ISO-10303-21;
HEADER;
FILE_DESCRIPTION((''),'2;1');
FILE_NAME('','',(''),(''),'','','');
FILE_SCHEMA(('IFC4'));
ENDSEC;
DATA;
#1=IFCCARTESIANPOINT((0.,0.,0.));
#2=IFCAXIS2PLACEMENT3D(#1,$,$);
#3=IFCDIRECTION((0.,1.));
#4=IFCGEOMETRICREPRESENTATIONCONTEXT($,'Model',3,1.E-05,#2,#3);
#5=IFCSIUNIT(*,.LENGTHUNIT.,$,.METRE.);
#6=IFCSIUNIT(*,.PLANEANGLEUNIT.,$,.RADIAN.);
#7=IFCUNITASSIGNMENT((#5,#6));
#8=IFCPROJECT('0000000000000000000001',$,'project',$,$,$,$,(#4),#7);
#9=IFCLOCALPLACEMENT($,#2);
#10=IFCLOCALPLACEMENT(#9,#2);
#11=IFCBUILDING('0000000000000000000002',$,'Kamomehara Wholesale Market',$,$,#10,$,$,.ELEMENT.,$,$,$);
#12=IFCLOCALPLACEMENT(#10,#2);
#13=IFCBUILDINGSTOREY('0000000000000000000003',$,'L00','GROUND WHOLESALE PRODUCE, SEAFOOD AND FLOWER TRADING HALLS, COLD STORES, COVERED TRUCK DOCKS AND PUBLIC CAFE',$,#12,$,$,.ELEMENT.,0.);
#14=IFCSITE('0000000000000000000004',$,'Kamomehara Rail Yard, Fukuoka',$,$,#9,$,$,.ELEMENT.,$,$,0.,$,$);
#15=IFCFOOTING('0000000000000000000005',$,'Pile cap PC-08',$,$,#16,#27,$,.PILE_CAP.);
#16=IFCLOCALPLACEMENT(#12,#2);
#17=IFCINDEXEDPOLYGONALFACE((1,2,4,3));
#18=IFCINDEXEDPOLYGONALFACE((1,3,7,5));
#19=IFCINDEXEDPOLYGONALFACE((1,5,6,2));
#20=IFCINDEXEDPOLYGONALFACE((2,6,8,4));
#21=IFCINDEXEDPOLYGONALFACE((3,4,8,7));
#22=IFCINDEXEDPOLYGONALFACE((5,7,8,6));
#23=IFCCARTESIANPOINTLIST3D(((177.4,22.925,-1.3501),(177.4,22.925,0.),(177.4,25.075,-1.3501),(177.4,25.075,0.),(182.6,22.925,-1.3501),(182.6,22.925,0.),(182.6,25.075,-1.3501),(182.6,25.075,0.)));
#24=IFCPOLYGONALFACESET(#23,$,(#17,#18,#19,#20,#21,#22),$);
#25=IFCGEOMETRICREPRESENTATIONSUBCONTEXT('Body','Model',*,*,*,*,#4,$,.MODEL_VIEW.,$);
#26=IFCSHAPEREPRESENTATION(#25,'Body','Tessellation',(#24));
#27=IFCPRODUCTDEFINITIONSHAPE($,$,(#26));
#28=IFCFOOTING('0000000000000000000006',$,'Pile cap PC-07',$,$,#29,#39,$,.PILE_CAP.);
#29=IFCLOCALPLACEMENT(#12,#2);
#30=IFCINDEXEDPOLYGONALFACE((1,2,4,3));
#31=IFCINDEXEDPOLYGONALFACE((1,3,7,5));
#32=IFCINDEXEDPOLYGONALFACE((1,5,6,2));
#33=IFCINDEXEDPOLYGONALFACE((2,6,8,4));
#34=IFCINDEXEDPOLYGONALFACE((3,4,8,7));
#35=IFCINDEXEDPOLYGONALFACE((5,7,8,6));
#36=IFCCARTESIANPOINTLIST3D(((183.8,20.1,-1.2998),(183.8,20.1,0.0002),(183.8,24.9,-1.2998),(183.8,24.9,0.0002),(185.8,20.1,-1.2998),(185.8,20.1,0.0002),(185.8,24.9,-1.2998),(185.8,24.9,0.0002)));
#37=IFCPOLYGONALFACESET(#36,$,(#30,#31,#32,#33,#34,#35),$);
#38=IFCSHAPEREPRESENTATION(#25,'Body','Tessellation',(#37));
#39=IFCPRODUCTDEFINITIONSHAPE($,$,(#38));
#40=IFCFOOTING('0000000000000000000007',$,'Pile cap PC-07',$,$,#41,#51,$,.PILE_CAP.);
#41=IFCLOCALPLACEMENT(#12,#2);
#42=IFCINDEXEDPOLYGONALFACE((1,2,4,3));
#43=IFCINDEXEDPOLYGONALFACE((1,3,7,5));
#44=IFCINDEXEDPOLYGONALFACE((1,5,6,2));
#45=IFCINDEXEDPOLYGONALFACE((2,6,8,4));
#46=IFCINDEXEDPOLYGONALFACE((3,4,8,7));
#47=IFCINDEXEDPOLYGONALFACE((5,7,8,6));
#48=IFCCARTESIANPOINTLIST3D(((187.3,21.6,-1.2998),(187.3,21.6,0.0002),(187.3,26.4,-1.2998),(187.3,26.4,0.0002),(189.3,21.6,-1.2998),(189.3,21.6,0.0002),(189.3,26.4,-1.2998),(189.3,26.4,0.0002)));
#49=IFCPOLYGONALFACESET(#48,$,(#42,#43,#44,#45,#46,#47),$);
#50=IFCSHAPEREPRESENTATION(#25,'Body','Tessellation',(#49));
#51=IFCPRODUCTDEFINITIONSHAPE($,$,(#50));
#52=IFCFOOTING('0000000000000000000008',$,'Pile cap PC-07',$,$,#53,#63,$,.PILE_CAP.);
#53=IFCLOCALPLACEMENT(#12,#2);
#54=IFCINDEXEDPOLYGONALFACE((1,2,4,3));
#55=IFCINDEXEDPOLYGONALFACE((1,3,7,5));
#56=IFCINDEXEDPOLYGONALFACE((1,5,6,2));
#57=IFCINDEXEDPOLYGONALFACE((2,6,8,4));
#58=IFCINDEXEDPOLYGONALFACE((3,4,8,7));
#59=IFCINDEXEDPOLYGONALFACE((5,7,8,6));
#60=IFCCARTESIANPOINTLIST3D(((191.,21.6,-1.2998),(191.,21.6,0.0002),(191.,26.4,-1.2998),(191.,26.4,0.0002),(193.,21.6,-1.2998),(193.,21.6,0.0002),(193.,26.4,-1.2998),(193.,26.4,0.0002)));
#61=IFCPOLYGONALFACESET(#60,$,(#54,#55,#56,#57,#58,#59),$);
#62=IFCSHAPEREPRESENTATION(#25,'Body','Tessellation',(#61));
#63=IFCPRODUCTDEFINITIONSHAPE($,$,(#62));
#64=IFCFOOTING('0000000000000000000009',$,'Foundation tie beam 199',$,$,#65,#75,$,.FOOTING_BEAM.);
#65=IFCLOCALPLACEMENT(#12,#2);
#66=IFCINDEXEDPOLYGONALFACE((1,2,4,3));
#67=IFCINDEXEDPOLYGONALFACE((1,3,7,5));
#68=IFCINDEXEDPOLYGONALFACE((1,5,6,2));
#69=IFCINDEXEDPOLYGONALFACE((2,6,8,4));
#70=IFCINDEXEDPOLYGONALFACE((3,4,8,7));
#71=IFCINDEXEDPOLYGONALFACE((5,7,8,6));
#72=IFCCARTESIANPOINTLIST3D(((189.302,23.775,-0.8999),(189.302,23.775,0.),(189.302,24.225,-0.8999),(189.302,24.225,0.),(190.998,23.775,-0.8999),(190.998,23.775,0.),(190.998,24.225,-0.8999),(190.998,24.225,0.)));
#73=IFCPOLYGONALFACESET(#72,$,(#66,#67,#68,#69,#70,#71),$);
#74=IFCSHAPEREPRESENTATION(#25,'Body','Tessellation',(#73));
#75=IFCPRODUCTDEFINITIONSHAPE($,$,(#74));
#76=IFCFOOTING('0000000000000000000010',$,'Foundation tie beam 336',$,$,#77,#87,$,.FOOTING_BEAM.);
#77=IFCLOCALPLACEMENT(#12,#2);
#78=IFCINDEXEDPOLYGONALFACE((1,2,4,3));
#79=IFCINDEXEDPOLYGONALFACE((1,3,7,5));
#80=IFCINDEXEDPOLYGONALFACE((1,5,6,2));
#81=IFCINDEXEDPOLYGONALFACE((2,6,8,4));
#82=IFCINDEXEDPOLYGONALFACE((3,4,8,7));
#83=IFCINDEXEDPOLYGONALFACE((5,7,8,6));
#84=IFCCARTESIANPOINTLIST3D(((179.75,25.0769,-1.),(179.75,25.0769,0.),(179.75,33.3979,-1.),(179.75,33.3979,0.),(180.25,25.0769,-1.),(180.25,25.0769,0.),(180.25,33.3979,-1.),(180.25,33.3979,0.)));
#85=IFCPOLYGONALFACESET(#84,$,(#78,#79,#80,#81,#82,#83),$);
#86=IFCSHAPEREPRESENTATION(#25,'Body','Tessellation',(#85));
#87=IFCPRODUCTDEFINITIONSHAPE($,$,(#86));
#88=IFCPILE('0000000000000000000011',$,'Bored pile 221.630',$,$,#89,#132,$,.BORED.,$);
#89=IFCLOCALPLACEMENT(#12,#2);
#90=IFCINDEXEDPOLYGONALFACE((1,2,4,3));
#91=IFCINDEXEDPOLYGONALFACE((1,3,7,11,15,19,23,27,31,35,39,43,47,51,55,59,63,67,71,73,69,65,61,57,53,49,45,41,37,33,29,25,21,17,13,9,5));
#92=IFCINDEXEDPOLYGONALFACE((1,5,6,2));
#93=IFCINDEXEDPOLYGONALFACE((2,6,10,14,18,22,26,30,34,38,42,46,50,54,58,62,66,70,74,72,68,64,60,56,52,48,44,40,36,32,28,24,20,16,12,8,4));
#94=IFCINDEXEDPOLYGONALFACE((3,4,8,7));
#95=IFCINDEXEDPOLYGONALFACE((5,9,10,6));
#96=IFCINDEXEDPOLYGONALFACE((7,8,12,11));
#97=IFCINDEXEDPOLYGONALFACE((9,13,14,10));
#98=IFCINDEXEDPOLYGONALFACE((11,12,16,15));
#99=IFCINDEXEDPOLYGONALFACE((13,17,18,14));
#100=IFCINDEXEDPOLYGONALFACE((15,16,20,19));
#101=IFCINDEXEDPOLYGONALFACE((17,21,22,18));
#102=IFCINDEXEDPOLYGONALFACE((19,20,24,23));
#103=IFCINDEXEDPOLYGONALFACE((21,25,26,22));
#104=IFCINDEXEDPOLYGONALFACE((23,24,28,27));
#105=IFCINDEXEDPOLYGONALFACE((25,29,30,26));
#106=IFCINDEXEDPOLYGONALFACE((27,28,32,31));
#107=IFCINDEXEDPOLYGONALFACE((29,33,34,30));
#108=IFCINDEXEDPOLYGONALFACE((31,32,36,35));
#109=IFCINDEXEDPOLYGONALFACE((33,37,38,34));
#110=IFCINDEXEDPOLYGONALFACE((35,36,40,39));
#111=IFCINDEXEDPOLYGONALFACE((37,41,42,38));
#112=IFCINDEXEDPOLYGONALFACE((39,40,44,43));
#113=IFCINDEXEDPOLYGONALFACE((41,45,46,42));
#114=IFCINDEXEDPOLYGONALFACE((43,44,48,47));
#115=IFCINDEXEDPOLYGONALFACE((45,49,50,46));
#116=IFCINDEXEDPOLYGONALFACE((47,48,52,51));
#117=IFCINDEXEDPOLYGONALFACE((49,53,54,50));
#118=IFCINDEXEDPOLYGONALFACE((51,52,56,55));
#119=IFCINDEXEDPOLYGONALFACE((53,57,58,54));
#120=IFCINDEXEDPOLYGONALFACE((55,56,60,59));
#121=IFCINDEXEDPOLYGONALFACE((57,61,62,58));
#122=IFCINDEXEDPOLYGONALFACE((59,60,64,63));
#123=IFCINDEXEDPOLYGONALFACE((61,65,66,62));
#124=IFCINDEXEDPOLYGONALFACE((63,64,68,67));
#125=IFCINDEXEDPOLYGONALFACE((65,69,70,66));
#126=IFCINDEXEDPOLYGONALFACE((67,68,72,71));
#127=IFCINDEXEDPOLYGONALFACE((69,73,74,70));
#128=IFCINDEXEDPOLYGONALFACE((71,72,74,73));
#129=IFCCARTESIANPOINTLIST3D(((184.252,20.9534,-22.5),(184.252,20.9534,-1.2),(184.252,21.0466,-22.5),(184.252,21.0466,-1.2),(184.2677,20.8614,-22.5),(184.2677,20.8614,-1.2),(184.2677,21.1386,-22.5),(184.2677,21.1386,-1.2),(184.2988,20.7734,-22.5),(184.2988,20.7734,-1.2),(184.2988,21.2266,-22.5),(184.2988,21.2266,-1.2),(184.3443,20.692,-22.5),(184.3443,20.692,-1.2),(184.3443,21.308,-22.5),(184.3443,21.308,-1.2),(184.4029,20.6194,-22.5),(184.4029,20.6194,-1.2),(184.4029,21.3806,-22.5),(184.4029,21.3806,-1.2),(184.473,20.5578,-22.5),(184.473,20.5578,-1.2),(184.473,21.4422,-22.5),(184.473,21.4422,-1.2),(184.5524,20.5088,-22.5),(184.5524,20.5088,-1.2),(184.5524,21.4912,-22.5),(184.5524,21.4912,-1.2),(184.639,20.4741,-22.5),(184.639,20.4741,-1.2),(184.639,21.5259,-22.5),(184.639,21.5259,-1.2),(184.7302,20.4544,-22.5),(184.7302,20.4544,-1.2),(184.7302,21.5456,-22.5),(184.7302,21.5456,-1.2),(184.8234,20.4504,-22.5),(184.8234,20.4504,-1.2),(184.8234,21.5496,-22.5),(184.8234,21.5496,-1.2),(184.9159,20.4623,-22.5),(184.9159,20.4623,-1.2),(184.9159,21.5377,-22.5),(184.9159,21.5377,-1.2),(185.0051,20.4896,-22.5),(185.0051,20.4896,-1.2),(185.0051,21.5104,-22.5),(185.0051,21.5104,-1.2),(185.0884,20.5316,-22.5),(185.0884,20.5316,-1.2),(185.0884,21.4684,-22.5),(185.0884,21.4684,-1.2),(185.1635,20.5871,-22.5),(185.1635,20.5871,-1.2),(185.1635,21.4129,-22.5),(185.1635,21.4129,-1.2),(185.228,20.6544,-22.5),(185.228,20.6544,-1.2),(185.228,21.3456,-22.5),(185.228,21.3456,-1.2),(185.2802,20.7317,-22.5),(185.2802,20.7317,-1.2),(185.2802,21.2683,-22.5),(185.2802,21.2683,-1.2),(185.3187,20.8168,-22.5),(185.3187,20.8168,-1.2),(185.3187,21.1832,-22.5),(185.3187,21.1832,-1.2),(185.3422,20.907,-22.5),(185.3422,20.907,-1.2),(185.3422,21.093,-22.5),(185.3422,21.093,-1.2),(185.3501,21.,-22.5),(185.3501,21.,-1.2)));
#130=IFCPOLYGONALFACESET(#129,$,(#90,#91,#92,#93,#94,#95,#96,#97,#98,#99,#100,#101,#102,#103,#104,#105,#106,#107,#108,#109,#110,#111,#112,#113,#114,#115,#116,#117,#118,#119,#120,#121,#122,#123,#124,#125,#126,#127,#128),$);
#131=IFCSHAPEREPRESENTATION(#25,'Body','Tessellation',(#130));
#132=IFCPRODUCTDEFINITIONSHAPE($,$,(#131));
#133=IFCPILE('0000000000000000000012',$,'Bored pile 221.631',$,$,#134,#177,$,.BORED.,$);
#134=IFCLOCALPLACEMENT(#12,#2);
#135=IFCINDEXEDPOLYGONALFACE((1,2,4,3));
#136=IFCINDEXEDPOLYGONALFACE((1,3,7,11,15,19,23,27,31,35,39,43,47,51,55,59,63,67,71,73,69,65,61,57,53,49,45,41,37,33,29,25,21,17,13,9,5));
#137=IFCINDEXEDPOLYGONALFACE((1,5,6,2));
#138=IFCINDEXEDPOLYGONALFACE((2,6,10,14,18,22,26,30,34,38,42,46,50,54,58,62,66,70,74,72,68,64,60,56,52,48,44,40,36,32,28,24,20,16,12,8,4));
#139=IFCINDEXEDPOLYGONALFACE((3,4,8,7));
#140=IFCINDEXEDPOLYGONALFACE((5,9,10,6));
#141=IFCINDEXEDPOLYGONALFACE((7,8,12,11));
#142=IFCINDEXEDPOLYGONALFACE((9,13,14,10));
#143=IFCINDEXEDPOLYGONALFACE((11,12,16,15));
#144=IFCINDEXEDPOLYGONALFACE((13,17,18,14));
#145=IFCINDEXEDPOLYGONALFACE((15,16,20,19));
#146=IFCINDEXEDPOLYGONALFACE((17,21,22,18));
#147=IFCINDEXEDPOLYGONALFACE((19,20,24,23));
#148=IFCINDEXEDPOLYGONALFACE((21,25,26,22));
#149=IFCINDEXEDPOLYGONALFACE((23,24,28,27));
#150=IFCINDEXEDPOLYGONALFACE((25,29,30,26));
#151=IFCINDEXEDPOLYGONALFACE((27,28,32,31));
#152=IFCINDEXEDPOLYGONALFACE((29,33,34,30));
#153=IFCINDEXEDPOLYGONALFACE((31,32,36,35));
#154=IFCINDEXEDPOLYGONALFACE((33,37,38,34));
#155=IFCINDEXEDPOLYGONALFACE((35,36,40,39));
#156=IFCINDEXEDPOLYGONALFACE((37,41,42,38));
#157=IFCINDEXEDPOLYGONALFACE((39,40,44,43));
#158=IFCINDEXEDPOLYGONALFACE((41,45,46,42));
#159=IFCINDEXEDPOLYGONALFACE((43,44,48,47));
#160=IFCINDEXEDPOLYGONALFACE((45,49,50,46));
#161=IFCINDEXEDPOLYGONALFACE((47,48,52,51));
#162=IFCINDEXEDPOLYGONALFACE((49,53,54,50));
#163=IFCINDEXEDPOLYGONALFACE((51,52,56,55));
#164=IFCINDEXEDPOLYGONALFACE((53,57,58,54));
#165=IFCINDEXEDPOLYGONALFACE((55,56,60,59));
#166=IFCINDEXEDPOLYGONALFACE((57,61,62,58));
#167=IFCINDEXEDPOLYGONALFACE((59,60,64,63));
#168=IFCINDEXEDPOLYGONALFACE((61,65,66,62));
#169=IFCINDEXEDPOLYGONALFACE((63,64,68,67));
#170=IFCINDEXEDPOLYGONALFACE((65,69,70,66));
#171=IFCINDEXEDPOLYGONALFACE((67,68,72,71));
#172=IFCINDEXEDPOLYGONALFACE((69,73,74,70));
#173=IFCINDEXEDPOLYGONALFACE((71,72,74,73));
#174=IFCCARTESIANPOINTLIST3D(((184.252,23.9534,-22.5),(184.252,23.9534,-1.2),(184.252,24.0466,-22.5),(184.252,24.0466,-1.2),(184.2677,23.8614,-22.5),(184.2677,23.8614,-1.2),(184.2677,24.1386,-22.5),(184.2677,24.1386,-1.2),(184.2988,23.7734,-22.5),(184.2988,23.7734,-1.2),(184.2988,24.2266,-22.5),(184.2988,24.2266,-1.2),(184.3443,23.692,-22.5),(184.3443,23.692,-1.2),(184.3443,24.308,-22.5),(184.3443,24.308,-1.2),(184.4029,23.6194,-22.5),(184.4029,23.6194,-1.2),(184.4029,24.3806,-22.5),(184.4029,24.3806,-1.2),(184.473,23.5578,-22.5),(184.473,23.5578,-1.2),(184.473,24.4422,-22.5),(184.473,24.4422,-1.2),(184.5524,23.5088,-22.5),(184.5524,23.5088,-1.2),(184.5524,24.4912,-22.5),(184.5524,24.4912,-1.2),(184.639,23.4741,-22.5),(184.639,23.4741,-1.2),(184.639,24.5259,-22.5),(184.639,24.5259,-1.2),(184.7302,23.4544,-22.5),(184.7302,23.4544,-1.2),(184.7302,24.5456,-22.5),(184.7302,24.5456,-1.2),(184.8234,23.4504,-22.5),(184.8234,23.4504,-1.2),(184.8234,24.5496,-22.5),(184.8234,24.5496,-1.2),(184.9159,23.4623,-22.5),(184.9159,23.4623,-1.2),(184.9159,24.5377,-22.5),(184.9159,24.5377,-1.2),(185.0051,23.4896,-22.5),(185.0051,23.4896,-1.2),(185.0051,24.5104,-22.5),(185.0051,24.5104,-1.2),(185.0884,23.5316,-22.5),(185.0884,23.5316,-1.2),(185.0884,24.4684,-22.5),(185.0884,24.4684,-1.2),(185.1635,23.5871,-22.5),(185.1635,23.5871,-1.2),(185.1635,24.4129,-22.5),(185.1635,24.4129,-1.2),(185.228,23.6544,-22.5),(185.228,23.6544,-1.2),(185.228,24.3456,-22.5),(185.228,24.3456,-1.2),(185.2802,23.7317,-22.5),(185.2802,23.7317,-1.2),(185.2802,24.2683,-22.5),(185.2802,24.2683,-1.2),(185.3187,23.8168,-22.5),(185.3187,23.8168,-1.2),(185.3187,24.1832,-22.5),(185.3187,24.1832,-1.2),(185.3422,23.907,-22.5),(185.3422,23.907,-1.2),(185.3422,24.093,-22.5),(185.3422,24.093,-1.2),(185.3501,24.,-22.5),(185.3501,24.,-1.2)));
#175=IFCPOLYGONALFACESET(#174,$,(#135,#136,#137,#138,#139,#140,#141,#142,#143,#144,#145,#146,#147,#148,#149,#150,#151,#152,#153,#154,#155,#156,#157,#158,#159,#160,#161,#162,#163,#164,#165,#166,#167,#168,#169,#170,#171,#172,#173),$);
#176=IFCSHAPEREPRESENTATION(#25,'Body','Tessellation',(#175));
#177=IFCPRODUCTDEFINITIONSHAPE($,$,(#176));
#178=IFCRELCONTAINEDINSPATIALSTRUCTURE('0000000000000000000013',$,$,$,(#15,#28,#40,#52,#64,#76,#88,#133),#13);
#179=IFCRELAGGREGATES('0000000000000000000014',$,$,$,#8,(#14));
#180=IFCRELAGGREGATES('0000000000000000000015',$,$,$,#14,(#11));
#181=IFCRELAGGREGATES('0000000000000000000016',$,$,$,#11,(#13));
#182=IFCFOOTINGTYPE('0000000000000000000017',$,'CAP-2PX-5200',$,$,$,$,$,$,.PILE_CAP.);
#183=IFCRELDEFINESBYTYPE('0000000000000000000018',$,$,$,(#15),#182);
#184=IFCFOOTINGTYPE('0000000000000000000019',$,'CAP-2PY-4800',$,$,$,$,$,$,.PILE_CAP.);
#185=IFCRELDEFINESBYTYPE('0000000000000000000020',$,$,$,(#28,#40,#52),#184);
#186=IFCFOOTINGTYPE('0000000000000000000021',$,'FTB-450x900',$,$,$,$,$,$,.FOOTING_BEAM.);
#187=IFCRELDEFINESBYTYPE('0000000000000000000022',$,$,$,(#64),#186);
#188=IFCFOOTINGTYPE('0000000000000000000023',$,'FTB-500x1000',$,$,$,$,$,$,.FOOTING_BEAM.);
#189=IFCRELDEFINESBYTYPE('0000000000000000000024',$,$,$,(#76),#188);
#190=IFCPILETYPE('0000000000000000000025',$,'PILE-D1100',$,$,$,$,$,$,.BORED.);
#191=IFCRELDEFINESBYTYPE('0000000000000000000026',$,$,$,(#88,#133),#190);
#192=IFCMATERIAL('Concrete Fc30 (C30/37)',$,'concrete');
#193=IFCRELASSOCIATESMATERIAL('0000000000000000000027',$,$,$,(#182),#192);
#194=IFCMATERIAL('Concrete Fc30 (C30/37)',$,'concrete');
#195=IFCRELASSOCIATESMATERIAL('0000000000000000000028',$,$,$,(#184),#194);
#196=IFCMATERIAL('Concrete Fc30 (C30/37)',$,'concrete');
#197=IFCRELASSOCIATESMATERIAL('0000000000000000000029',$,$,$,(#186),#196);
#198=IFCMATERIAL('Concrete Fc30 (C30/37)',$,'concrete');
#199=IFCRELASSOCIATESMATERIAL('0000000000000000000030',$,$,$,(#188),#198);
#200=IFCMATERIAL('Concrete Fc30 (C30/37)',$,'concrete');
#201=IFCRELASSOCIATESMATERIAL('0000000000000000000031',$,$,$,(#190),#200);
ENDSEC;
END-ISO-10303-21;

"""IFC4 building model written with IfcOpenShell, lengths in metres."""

from ifc_helpers import new_model, si_unit, direction, frame, origin, origin_2d, place, context, subcontext, project, spatial, rectangle, circle, extrude, material, material_profile, profile_set, type_object, element, save


model = new_model("IFC4")

# Units and contexts
model_context = context("Model", 3, precision=1e-05, world=origin(), true_north=direction((0.0, 1.0)))
body_context = subcontext(model_context, "Body", "Model", "MODEL_VIEW")
ifc_project = project(units=[si_unit("LENGTHUNIT", "METRE"), si_unit("PLANEANGLEUNIT", "RADIAN")], contexts=[model_context])

# Site, building, storey
site_placement = place(None, origin())
site = spatial("IfcSite", under=ifc_project, at=site_placement, Name="Kamomehara Rail Yard, Fukuoka", CompositionType="ELEMENT", RefElevation=0.0)
building_placement = place(site_placement, origin())
building = spatial("IfcBuilding", under=site, at=building_placement, Name="Kamomehara Wholesale Market", CompositionType="ELEMENT")
storey_placement = place(building_placement, origin())
storey = spatial("IfcBuildingStorey", under=building, at=storey_placement, Name="L00", Description="GROUND WHOLESALE PRODUCE, SEAFOOD AND FLOWER TRADING HALLS, COLD STORES, COVERED TRUCK DOCKS AND PUBLIC CAFE", CompositionType="ELEMENT", Elevation=0.0)

# Footings
ifc_material_1 = material(Name="Concrete Fc30 (C30/37)", Category="concrete")
footing_type_1 = type_object("IfcFootingType", Name="CAP-2PX-5200", PredefinedType="PILE_CAP", material=ifc_material_1)
footing_1_placement = place(storey_placement, frame((180.0, 24.0, -1.3501), z_axis=(0.0, 0.0, 1.0), x_axis=(1.0, 0.0, 0.0)))
element("IfcFooting", 1, at=footing_1_placement, inside=storey, type_object=footing_type_1, Name="Pile cap PC-08", PredefinedType="PILE_CAP", context=body_context, shape_type="SweptSolid", body=[
    extrude(rectangle(XDim=5.2, YDim=2.1499, at=origin_2d()), origin(), (0.0, 0.0, 1.0), 1.3501),
])
ifc_material_2 = material(Name="Concrete Fc30 (C30/37)", Category="concrete")
footing_type_2 = type_object("IfcFootingType", Name="CAP-2PY-4800", PredefinedType="PILE_CAP", material=ifc_material_2)
for number, where, z_axis, x_axis, name in (
    (2, (184.8, 22.5, -1.2998), (0.0, 0.0, 1.0), (1.0, 0.0, 0.0), "Pile cap PC-07"),
    (3, (188.3, 24.0, -1.2998), (0.0, 0.0, 1.0), (1.0, 0.0, 0.0), "Pile cap PC-07"),
    (4, (192.0, 24.0, -1.2998), (0.0, 0.0, 1.0), (1.0, 0.0, 0.0), "Pile cap PC-07"),
):
    element("IfcFooting", number, at=place(storey_placement, frame(where, z_axis=z_axis, x_axis=x_axis)), inside=storey, type_object=footing_type_2, Name=name, PredefinedType="PILE_CAP", context=body_context, shape_type="SweptSolid", body=[
        extrude(rectangle(XDim=2.0, YDim=4.8, at=origin_2d()), origin(), (0.0, 0.0, 1.0), 1.3),
    ])
ifc_material_3 = material(Name="Concrete Fc30 (C30/37)", Category="concrete")
ifc_material_profile_1 = material_profile(ifc_material_3, rectangle(XDim=0.45, YDim=0.8999, at=origin_2d()), Name="RC-FTB-450x900")
ifc_profile_set_1 = profile_set([ifc_material_profile_1], Name="Concrete Fc30 (C30/37)")
footing_type_3 = type_object("IfcFootingType", Name="FTB-450x900", PredefinedType="FOOTING_BEAM", material=ifc_profile_set_1)
footing_2_placement = place(storey_placement, frame((189.302, 24.0, -0.45), z_axis=(1.0, 0.0, 0.0), x_axis=(0.0, 1.0, 0.0)))
element("IfcFooting", 5, at=footing_2_placement, inside=storey, type_object=footing_type_3, Name="Foundation tie beam 199", PredefinedType="FOOTING_BEAM", context=body_context, shape_type="SweptSolid", body=[
    extrude(rectangle(XDim=0.45, YDim=0.8999, at=origin_2d()), origin(), (0.0, 0.0, 1.0), 1.696),
])
ifc_material_4 = material(Name="Concrete Fc30 (C30/37)", Category="concrete")
ifc_material_profile_2 = material_profile(ifc_material_4, rectangle(XDim=0.5, YDim=1.0, at=origin_2d()), Name="RC-FTB-500x1000")
ifc_profile_set_2 = profile_set([ifc_material_profile_2], Name="Concrete Fc30 (C30/37)")
footing_type_4 = type_object("IfcFootingType", Name="FTB-500x1000", PredefinedType="FOOTING_BEAM", material=ifc_profile_set_2)
footing_3_placement = place(storey_placement, frame((180.0, 25.0769, -0.5), z_axis=(0.0, 1.0, 0.0), x_axis=(-1.0, 0.0, 0.0)))
element("IfcFooting", 6, at=footing_3_placement, inside=storey, type_object=footing_type_4, Name="Foundation tie beam 336", PredefinedType="FOOTING_BEAM", context=body_context, shape_type="SweptSolid", body=[
    extrude(rectangle(XDim=0.5, YDim=1.0, at=origin_2d()), origin(), (0.0, 0.0, 1.0), 8.321),
])

# Piles
ifc_material_5 = material(Name="Concrete Fc30 (C30/37)", Category="concrete")
ifc_material_profile_3 = material_profile(ifc_material_5, circle(Radius=0.55, at=origin_2d()), Name="RC-PILE-D1100")
ifc_profile_set_3 = profile_set([ifc_material_profile_3], Name="Concrete Fc30 (C30/37)")
pile_type_1 = type_object("IfcPileType", Name="PILE-D1100", PredefinedType="BORED", material=ifc_profile_set_3)
for number, where, z_axis, x_axis, name in (
    (7, (184.8, 21.0, -1.2), (0.0, 0.0, -1.0), (1.0, 0.0, 0.0), "Bored pile 221.630"),
    (8, (184.8, 24.0, -1.2), (0.0, 0.0, -1.0), (1.0, 0.0, 0.0), "Bored pile 221.631"),
):
    element("IfcPile", number, at=place(storey_placement, frame(where, z_axis=z_axis, x_axis=x_axis)), inside=storey, type_object=pile_type_1, Name=name, PredefinedType="BORED", context=body_context, shape_type="SweptSolid", body=[
        extrude(circle(Radius=0.55, at=origin_2d()), origin(), (0.0, 0.0, 1.0), 21.3),
    ])

save(model, "model.ifc")
